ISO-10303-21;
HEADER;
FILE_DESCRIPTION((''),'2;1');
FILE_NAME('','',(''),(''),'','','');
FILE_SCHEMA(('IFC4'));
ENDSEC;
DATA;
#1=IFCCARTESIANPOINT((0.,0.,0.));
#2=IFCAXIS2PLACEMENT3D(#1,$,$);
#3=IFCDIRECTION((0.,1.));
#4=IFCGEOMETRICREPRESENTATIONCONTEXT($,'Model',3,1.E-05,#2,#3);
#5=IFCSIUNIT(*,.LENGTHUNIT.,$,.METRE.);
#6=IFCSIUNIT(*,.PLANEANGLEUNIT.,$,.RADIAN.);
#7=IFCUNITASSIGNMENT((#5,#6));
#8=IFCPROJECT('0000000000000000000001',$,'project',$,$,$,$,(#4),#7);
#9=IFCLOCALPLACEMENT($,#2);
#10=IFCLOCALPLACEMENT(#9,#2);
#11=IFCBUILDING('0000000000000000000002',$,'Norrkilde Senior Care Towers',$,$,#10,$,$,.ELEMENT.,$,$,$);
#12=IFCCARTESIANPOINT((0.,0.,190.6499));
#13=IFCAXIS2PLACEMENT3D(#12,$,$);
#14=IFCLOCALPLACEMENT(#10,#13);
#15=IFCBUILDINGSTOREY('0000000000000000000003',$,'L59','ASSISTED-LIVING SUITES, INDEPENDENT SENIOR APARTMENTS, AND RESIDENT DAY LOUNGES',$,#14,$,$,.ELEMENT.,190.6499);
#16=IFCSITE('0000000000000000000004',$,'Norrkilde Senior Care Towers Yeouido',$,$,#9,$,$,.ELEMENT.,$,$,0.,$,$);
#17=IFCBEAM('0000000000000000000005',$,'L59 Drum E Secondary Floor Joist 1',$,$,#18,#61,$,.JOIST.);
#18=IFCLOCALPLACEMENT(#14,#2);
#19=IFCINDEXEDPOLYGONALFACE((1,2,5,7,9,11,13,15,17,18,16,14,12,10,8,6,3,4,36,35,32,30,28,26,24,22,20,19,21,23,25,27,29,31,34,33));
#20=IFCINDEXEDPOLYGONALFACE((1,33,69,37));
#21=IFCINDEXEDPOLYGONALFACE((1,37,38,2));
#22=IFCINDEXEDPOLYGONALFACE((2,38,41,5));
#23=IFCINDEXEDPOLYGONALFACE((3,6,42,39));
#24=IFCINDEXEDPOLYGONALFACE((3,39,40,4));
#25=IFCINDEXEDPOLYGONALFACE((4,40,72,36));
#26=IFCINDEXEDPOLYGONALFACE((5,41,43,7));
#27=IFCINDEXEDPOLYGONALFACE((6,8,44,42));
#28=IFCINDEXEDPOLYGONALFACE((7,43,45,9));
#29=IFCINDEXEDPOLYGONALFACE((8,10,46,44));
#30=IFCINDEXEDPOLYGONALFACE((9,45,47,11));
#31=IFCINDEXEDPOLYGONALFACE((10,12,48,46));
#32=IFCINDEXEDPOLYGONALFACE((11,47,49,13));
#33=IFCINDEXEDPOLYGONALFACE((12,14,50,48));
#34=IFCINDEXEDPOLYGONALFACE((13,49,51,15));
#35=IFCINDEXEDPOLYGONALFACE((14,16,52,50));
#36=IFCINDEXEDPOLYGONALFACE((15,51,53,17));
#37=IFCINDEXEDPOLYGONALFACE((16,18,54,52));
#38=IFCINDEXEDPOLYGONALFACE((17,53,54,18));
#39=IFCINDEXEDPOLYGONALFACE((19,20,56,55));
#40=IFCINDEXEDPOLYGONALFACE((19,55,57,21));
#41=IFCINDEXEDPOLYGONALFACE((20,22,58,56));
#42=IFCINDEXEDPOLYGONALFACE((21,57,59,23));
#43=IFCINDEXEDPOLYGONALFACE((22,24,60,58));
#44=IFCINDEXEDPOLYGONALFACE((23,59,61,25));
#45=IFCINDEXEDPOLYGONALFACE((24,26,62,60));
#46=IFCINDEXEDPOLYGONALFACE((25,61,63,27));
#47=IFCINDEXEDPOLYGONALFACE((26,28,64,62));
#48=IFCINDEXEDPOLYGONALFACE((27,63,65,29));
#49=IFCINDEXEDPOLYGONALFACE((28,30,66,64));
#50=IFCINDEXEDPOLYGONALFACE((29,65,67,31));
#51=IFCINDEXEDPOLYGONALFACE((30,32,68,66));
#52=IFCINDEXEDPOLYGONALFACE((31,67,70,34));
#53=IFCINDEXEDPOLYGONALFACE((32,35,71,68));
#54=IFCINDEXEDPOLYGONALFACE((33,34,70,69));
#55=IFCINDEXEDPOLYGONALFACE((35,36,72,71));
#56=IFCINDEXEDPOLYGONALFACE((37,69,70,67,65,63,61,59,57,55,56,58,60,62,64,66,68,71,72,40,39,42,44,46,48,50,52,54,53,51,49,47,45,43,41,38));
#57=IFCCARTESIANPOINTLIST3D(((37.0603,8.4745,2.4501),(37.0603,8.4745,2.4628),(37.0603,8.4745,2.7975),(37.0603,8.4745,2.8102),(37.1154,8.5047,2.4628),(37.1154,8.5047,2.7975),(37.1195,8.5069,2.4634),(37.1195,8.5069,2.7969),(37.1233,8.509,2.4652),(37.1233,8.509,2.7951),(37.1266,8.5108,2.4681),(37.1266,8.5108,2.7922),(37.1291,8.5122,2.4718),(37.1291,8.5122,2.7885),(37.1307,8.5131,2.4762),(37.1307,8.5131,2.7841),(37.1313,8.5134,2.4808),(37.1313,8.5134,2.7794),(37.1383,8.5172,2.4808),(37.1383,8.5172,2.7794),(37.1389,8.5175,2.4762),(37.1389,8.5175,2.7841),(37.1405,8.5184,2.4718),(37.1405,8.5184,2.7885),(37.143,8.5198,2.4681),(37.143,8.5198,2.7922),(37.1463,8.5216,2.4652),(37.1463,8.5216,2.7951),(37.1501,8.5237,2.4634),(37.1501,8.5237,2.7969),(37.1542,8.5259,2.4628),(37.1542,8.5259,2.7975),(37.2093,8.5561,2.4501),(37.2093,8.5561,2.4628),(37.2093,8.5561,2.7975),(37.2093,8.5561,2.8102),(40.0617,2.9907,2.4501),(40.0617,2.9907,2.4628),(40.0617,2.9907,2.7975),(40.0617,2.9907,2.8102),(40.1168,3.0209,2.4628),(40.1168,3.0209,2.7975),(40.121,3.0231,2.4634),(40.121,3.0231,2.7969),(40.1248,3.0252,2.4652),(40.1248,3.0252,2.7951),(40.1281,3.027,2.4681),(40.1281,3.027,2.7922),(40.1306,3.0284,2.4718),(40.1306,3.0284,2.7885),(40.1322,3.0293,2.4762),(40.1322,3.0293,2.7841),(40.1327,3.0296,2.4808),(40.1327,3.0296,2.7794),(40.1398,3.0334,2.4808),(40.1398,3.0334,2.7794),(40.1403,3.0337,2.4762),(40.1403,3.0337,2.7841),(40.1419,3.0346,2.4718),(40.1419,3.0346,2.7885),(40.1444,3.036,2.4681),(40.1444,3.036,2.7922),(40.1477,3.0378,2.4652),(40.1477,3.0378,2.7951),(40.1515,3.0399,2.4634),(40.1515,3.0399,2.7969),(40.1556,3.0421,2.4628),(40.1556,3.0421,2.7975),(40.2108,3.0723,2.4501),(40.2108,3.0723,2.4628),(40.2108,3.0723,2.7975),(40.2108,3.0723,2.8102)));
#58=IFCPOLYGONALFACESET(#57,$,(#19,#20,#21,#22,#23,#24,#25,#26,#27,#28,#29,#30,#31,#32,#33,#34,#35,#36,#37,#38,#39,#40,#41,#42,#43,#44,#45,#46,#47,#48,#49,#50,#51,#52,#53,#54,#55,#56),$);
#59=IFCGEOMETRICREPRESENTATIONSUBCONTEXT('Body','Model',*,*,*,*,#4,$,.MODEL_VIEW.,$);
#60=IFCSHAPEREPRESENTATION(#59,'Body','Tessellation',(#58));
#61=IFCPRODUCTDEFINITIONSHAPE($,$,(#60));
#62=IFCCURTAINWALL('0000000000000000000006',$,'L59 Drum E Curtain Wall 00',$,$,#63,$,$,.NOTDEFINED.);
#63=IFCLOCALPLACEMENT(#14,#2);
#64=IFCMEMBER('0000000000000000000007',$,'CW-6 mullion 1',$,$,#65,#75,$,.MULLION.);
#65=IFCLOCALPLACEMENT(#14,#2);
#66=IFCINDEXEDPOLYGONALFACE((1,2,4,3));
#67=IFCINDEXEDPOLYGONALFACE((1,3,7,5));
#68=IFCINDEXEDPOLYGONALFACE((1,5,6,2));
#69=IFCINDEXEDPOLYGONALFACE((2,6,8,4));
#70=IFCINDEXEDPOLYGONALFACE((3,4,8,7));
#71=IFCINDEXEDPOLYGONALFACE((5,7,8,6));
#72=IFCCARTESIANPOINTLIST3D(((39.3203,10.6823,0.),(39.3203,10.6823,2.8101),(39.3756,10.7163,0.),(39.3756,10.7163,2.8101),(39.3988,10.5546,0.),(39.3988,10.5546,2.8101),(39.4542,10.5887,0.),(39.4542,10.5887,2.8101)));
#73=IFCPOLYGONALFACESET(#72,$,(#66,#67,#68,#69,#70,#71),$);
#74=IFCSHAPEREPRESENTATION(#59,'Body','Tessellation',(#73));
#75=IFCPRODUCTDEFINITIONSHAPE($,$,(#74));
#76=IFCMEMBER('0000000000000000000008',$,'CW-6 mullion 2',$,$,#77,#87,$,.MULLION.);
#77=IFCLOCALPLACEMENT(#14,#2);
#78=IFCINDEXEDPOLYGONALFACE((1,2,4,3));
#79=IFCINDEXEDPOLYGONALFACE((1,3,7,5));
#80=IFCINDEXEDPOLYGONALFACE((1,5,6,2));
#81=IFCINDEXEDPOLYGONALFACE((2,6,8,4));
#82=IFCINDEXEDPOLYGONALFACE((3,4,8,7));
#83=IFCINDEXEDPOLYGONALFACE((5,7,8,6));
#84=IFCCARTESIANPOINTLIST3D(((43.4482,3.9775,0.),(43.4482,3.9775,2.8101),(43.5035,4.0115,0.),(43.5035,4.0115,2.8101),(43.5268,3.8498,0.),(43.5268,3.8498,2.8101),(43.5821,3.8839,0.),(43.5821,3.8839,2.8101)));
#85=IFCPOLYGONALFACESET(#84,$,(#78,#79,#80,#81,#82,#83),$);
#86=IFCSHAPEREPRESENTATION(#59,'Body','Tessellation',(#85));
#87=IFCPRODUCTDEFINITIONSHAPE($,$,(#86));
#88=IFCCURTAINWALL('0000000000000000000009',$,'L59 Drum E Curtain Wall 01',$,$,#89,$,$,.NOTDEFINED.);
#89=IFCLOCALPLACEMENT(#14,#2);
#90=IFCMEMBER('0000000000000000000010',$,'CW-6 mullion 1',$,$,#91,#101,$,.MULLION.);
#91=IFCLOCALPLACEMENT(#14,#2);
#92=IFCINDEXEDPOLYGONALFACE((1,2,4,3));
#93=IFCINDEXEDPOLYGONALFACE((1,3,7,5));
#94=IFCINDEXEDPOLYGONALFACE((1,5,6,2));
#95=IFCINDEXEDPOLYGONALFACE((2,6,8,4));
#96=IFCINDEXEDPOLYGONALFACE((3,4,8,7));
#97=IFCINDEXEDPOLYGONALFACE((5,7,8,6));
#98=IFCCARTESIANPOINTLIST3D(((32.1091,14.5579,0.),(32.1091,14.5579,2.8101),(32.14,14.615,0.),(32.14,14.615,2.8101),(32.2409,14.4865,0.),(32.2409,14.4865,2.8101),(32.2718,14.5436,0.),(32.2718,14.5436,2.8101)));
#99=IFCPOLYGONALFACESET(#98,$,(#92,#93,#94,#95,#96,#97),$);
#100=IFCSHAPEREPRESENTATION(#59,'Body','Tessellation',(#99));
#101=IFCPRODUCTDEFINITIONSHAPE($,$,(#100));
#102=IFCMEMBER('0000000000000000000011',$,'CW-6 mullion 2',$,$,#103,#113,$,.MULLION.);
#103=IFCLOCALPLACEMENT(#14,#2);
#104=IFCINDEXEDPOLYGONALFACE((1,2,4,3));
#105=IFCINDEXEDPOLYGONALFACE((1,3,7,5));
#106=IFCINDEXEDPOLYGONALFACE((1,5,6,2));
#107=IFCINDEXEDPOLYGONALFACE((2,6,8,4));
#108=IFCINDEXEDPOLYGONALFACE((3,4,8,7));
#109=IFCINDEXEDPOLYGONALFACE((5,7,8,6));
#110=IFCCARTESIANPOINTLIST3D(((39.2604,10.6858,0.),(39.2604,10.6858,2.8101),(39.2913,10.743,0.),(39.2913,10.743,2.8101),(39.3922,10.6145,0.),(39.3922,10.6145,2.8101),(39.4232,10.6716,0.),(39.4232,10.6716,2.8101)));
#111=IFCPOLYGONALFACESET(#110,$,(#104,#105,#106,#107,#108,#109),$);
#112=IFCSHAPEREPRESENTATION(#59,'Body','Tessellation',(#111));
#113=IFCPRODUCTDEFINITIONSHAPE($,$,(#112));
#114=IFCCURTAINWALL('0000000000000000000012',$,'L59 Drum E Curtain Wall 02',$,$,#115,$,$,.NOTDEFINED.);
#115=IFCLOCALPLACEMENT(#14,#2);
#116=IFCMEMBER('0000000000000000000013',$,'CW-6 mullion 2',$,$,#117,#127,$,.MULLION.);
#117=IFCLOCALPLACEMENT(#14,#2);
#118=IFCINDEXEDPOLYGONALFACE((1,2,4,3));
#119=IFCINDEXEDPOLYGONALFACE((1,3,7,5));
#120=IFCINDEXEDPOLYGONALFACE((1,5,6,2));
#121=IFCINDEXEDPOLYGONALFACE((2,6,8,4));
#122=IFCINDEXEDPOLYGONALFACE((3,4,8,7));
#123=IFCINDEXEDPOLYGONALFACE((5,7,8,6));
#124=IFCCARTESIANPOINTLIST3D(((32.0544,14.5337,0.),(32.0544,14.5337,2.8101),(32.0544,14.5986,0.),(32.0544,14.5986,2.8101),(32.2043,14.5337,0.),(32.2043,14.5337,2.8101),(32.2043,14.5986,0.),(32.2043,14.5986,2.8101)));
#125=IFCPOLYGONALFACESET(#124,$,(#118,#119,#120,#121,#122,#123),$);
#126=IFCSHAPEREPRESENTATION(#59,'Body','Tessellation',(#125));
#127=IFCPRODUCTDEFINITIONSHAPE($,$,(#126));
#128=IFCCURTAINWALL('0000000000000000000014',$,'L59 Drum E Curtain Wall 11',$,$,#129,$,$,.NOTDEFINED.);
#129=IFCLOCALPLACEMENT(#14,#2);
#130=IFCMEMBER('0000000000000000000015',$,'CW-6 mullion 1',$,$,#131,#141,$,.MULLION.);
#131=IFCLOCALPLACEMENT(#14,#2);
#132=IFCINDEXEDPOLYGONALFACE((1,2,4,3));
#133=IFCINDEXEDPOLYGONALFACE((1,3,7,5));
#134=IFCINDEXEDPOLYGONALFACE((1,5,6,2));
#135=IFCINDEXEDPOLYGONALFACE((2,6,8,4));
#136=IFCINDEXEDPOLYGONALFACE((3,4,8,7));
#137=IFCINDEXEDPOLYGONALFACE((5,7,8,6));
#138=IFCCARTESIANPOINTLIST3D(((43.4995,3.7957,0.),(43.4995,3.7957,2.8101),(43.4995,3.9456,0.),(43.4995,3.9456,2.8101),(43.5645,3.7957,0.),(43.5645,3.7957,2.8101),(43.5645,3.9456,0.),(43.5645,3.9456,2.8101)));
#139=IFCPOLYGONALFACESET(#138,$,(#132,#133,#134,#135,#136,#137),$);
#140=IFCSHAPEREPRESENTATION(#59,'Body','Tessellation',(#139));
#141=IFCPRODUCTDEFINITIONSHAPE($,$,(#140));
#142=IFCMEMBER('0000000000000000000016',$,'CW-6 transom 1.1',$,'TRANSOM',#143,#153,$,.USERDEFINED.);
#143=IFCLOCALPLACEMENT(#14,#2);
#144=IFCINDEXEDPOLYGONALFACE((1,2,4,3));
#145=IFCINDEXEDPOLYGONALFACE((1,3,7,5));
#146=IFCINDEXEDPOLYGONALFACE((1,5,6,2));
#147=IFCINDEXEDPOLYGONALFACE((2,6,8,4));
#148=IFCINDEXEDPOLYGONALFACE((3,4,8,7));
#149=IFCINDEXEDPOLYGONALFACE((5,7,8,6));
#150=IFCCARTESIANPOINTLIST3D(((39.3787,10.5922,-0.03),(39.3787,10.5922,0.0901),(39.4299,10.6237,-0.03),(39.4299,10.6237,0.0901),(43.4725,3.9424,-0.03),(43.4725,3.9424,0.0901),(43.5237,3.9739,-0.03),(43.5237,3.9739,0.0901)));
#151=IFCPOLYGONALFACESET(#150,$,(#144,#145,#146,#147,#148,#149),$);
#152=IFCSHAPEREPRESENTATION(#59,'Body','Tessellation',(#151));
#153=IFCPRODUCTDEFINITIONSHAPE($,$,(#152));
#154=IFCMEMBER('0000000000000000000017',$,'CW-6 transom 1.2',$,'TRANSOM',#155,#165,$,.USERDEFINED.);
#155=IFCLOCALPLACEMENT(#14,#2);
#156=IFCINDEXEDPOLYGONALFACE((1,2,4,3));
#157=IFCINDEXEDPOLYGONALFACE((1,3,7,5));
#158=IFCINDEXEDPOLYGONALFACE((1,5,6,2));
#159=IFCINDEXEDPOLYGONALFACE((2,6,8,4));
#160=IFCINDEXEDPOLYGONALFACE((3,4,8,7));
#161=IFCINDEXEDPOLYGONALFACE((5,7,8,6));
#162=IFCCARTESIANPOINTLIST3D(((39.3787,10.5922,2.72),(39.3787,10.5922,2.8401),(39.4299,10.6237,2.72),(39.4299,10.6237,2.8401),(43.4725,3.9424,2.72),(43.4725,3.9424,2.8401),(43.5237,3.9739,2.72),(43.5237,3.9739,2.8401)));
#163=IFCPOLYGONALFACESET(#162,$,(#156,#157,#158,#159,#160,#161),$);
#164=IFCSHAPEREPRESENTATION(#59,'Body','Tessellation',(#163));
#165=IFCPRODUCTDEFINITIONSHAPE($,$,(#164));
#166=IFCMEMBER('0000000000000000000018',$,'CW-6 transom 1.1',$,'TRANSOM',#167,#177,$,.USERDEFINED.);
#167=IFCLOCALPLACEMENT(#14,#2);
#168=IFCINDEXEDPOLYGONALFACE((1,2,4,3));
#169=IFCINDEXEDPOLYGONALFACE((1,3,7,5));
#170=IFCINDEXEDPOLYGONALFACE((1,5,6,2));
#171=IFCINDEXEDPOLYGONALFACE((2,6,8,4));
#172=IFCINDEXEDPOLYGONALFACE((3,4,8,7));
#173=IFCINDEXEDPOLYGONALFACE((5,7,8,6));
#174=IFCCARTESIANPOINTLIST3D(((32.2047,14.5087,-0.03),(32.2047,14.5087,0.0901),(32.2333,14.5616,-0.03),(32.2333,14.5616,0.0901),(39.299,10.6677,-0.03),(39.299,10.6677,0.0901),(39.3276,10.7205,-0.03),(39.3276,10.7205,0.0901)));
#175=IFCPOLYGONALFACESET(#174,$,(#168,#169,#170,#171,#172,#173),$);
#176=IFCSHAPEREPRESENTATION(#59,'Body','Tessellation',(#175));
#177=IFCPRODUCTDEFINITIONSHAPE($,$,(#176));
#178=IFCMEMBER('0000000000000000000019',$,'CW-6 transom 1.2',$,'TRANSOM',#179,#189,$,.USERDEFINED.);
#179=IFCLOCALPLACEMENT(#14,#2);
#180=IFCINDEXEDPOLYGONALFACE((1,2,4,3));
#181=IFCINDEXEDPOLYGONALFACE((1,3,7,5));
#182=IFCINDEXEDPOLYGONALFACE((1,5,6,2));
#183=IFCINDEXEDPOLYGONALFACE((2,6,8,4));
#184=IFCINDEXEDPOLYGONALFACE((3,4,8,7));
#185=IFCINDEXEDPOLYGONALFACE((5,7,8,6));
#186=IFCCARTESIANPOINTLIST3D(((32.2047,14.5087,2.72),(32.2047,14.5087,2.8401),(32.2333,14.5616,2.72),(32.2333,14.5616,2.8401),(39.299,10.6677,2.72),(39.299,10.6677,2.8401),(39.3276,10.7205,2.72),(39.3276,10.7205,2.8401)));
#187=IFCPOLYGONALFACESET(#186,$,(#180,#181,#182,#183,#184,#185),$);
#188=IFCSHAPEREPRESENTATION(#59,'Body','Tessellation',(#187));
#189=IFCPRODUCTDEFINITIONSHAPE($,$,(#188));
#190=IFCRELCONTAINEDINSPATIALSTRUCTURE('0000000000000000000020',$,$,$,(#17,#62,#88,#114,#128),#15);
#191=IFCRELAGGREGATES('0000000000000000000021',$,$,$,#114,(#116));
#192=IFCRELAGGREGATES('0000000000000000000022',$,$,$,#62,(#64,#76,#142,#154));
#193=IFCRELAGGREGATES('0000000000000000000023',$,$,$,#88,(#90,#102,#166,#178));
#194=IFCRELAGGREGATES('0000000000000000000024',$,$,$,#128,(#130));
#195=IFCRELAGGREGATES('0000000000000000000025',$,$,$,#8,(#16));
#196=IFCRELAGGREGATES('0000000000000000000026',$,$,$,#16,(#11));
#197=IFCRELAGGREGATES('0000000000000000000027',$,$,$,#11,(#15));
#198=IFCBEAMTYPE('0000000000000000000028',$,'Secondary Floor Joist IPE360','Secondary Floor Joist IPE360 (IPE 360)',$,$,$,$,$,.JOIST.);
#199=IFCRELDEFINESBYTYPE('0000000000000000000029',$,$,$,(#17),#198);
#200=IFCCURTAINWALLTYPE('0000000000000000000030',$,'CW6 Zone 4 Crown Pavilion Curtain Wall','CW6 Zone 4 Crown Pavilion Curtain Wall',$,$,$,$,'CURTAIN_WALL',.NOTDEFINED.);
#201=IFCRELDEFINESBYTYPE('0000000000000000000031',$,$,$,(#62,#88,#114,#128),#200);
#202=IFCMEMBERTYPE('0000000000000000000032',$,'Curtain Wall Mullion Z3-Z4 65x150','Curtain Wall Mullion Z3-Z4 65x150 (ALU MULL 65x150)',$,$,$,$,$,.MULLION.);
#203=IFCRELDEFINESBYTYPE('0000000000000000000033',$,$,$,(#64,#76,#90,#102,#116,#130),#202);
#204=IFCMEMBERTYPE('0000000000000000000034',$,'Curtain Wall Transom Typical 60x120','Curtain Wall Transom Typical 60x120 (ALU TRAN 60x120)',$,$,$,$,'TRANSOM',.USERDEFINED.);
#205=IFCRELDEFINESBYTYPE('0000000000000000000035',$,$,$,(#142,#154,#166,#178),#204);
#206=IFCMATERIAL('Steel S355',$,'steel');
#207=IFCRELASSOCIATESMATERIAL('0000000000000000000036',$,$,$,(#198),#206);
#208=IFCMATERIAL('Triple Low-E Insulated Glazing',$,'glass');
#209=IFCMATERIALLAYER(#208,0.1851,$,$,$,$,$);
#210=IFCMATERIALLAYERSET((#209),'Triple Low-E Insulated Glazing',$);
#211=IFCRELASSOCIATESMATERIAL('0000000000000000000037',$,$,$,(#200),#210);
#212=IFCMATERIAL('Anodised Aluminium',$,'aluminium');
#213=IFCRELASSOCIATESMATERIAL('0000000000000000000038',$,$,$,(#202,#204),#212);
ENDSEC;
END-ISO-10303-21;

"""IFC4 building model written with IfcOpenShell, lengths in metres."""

from ifc_helpers import new_model, si_unit, direction, frame, origin, origin_2d, place, context, subcontext, project, spatial, rectangle, i_section, extrude, source, transform, mapped, material, layer, layer_set, material_profile, profile_set, type_object, type_shapes, element, aggregate, save


model = new_model("IFC4")

# Units and contexts
model_context = context("Model", 3, precision=1e-05, world=origin(), true_north=direction((0.0, 1.0)))
body_context = subcontext(model_context, "Body", "Model", "MODEL_VIEW")
ifc_project = project(units=[si_unit("LENGTHUNIT", "METRE"), si_unit("PLANEANGLEUNIT", "RADIAN")], contexts=[model_context])

# Site, building, storey
site_placement = place(None, origin())
site = spatial("IfcSite", under=ifc_project, at=site_placement, Name="Norrkilde Senior Care Towers Yeouido", CompositionType="ELEMENT", RefElevation=0.0)
building_placement = place(site_placement, origin())
building = spatial("IfcBuilding", under=site, at=building_placement, Name="Norrkilde Senior Care Towers", CompositionType="ELEMENT")
storey_placement = place(building_placement, frame((0.0, 0.0, 190.6499)))
storey = spatial("IfcBuildingStorey", under=building, at=storey_placement, Name="L59", Description="ASSISTED-LIVING SUITES, INDEPENDENT SENIOR APARTMENTS, AND RESIDENT DAY LOUNGES", CompositionType="ELEMENT", Elevation=190.6499)

# Beam
ifc_material_1 = material(Name="Steel S355", Category="steel")
ifc_material_profile_1 = material_profile(ifc_material_1, i_section(OverallWidth=0.1699, OverallDepth=0.3601, WebThickness=0.0081, FlangeThickness=0.0127, FilletRadius=0.0181, at=origin_2d()), Name="IPE 360")
ifc_profile_set_1 = profile_set([ifc_material_profile_1], Name="Steel S355")
beam_type_1 = type_object("IfcBeamType", Name="Secondary Floor Joist IPE360", Description="Secondary Floor Joist IPE360 (IPE 360)", PredefinedType="JOIST", material=ifc_profile_set_1)
shared_shape_1 = source(origin(), body_context, "Body", "SweptSolid", [
    extrude(i_section(OverallWidth=0.1699, OverallDepth=0.3601, WebThickness=0.0081, FlangeThickness=0.0127, FilletRadius=0.0181, at=origin_2d()), origin(), (0.0, 0.0, 1.0), 6.2515),
])
type_shapes(beam_type_1, [shared_shape_1])
beam_1_placement = place(storey_placement, frame((40.1362, 3.0315, 2.6301), z_axis=(-0.480116, 0.877205, 0.0), x_axis=(-0.877205, -0.480116, 0.0)))
element("IfcBeam", 1, at=beam_1_placement, inside=storey, type_object=beam_type_1, Name="L59 Drum E Secondary Floor Joist 1", PredefinedType="JOIST", context=body_context, shape_type="MappedRepresentation", body=[
    mapped(shared_shape_1, transform((0.0, 0.0, 0.0), x_axis=(1.0, 0.0, 0.0), y_axis=(0.0, 1.0, 0.0), z_axis=(0.0, 0.0, 1.0), scale=1.0)),
])

# Curtain walls, members
ifc_material_2 = material(Name="Triple Low-E Insulated Glazing", Category="glass")
ifc_layer_1 = layer(ifc_material_2, 0.1851)
ifc_layer_set_1 = layer_set([ifc_layer_1], Name="Triple Low-E Insulated Glazing")
curtain_wall_type = type_object("IfcCurtainWallType", Name="CW6 Zone 4 Crown Pavilion Curtain Wall", Description="CW6 Zone 4 Crown Pavilion Curtain Wall", ElementType="CURTAIN_WALL", PredefinedType="NOTDEFINED", material=ifc_layer_set_1)
curtain_wall_1_placement = place(storey_placement, origin())
curtain_wall_1 = element("IfcCurtainWall", 2, at=curtain_wall_1_placement, inside=storey, type_object=curtain_wall_type, Name="L59 Drum E Curtain Wall 00", PredefinedType="NOTDEFINED")
ifc_material_3 = material(Name="Anodised Aluminium", Category="aluminium")
ifc_material_profile_2 = material_profile(ifc_material_3, rectangle(XDim=0.0649, YDim=0.1499, at=origin_2d()), Name="ALU MULL 65x150")
ifc_profile_set_2 = profile_set([ifc_material_profile_2], Name="Anodised Aluminium")
member_type_1 = type_object("IfcMemberType", Name="Curtain Wall Mullion Z3-Z4 65x150", Description="Curtain Wall Mullion Z3-Z4 65x150 (ALU MULL 65x150)", PredefinedType="MULLION", material=ifc_profile_set_2)
shared_shape_2 = source(origin(), body_context, "Body", "SweptSolid", [
    extrude(rectangle(XDim=0.0649, YDim=0.1499, at=origin_2d()), origin(), (0.0, 0.0, 1.0), 2.8101),
])
type_shapes(member_type_1, [shared_shape_2])
member_1_placement = place(storey_placement, frame((39.3872, 10.6355, 0.0), z_axis=(0.0, 0.0, 1.0), x_axis=(0.851563, 0.524253, 0.0)))
member_1 = element("IfcMember", 3, at=member_1_placement, type_object=member_type_1, Name="CW-6 mullion 1", PredefinedType="MULLION", context=body_context, shape_type="MappedRepresentation", body=[
    mapped(shared_shape_2, transform((0.0, 0.0, 0.0), x_axis=(1.0, 0.0, 0.0), y_axis=(0.0, 1.0, 0.0), z_axis=(0.0, 0.0, 1.0), scale=1.0)),
])
member_2_placement = place(storey_placement, frame((43.5151, 3.9307, 0.0), z_axis=(0.0, 0.0, 1.0), x_axis=(0.851563, 0.524253, 0.0)))
member_2 = element("IfcMember", 4, at=member_2_placement, type_object=member_type_1, Name="CW-6 mullion 2", PredefinedType="MULLION", context=body_context, shape_type="MappedRepresentation", body=[
    mapped(shared_shape_2, transform((0.0, 0.0, 0.0), x_axis=(1.0, 0.0, 0.0), y_axis=(0.0, 1.0, 0.0), z_axis=(0.0, 0.0, 1.0), scale=1.0)),
])
curtain_wall_2_placement = place(storey_placement, origin())
curtain_wall_2 = element("IfcCurtainWall", 5, at=curtain_wall_2_placement, inside=storey, type_object=curtain_wall_type, Name="L59 Drum E Curtain Wall 01", PredefinedType="NOTDEFINED")
member_3_placement = place(storey_placement, frame((32.1904, 14.5508, 0.0), z_axis=(0.0, 0.0, 1.0), x_axis=(0.476133, 0.879373, 0.0)))
member_3 = element("IfcMember", 6, at=member_3_placement, type_object=member_type_1, Name="CW-6 mullion 1", PredefinedType="MULLION", context=body_context, shape_type="MappedRepresentation", body=[
    mapped(shared_shape_2, transform((0.0, 0.0, 0.0), x_axis=(1.0, 0.0, 0.0), y_axis=(0.0, 1.0, 0.0), z_axis=(0.0, 0.0, 1.0), scale=1.0)),
])
member_4_placement = place(storey_placement, frame((39.3418, 10.6787, 0.0), z_axis=(0.0, 0.0, 1.0), x_axis=(0.476133, 0.879373, 0.0)))
member_4 = element("IfcMember", 7, at=member_4_placement, type_object=member_type_1, Name="CW-6 mullion 2", PredefinedType="MULLION", context=body_context, shape_type="MappedRepresentation", body=[
    mapped(shared_shape_2, transform((0.0, 0.0, 0.0), x_axis=(1.0, 0.0, 0.0), y_axis=(0.0, 1.0, 0.0), z_axis=(0.0, 0.0, 1.0), scale=1.0)),
])

# Curtain walls, members
curtain_wall_3_placement = place(storey_placement, origin())
curtain_wall_3 = element("IfcCurtainWall", 8, at=curtain_wall_3_placement, inside=storey, type_object=curtain_wall_type, Name="L59 Drum E Curtain Wall 02", PredefinedType="NOTDEFINED")
member_5_placement = place(storey_placement, frame((32.1294, 14.5662, 0.0), z_axis=(0.0, 0.0, 1.0), x_axis=(0.0, 1.0, 0.0)))
member_5 = element("IfcMember", 9, at=member_5_placement, type_object=member_type_1, Name="CW-6 mullion 2", PredefinedType="MULLION", context=body_context, shape_type="MappedRepresentation", body=[
    mapped(shared_shape_2, transform((0.0, 0.0, 0.0), x_axis=(1.0, 0.0, 0.0), y_axis=(0.0, 1.0, 0.0), z_axis=(0.0, 0.0, 1.0), scale=1.0)),
])
aggregate(curtain_wall_3, [member_5])
curtain_wall_4_placement = place(storey_placement, origin())
curtain_wall_4 = element("IfcCurtainWall", 10, at=curtain_wall_4_placement, inside=storey, type_object=curtain_wall_type, Name="L59 Drum E Curtain Wall 11", PredefinedType="NOTDEFINED")
member_6_placement = place(storey_placement, frame((43.532, 3.8706, 0.0), z_axis=(0.0, 0.0, 1.0), x_axis=(1.0, 0.0, 0.0)))
member_6 = element("IfcMember", 11, at=member_6_placement, type_object=member_type_1, Name="CW-6 mullion 1", PredefinedType="MULLION", context=body_context, shape_type="MappedRepresentation", body=[
    mapped(shared_shape_2, transform((0.0, 0.0, 0.0), x_axis=(1.0, 0.0, 0.0), y_axis=(0.0, 1.0, 0.0), z_axis=(0.0, 0.0, 1.0), scale=1.0)),
])

# Members
ifc_material_profile_3 = material_profile(ifc_material_3, rectangle(XDim=0.0601, YDim=0.1201, at=origin_2d()), Name="ALU TRAN 60x120")
ifc_profile_set_3 = profile_set([ifc_material_profile_3], Name="Anodised Aluminium")
member_type_2 = type_object("IfcMemberType", Name="Curtain Wall Transom Typical 60x120", Description="Curtain Wall Transom Typical 60x120 (ALU TRAN 60x120)", ElementType="TRANSOM", PredefinedType="USERDEFINED", material=ifc_profile_set_3)
shared_shape_3 = source(origin(), body_context, "Body", "SweptSolid", [
    extrude(rectangle(XDim=0.0601, YDim=0.1201, at=origin_2d()), origin(), (0.0, 0.0, 1.0), 7.8088),
])
member_7_placement = place(storey_placement, frame((39.4043, 10.6079, 0.03), z_axis=(0.524251, -0.851564, 0.0), x_axis=(0.851564, 0.524251, 0.0)))
member_7 = element("IfcMember", 12, at=member_7_placement, type_object=member_type_2, Name="CW-6 transom 1.1", ObjectType="TRANSOM", PredefinedType="USERDEFINED", context=body_context, shape_type="MappedRepresentation", body=[
    mapped(shared_shape_3, transform((0.0, 0.0, 0.0), x_axis=(1.0, 0.0, 0.0), y_axis=(0.0, 1.0, 0.0), z_axis=(0.0, 0.0, 1.0), scale=1.0)),
])
member_8_placement = place(storey_placement, frame((39.4043, 10.6079, 2.78), z_axis=(0.524251, -0.851564, 0.0), x_axis=(0.851564, 0.524251, 0.0)))
member_8 = element("IfcMember", 13, at=member_8_placement, type_object=member_type_2, Name="CW-6 transom 1.2", ObjectType="TRANSOM", PredefinedType="USERDEFINED", context=body_context, shape_type="MappedRepresentation", body=[
    mapped(shared_shape_3, transform((0.0, 0.0, 0.0), x_axis=(1.0, 0.0, 0.0), y_axis=(0.0, 1.0, 0.0), z_axis=(0.0, 0.0, 1.0), scale=1.0)),
])
shared_shape_4 = source(origin(), body_context, "Body", "SweptSolid", [
    extrude(rectangle(XDim=0.0601, YDim=0.1201, at=origin_2d()), origin(), (0.0, 0.0, 1.0), 8.0674),
])
member_9_placement = place(storey_placement, frame((32.219, 14.5352, 0.03), z_axis=(0.879378, -0.476125, 0.0), x_axis=(0.476125, 0.879378, 0.0)))
member_9 = element("IfcMember", 14, at=member_9_placement, type_object=member_type_2, Name="CW-6 transom 1.1", ObjectType="TRANSOM", PredefinedType="USERDEFINED", context=body_context, shape_type="MappedRepresentation", body=[
    mapped(shared_shape_4, transform((0.0, 0.0, 0.0), x_axis=(1.0, 0.0, 0.0), y_axis=(0.0, 1.0, 0.0), z_axis=(0.0, 0.0, 1.0), scale=1.0)),
])
member_10_placement = place(storey_placement, frame((32.219, 14.5352, 2.78), z_axis=(0.879378, -0.476125, 0.0), x_axis=(0.476125, 0.879378, 0.0)))
member_10 = element("IfcMember", 15, at=member_10_placement, type_object=member_type_2, Name="CW-6 transom 1.2", ObjectType="TRANSOM", PredefinedType="USERDEFINED", context=body_context, shape_type="MappedRepresentation", body=[
    mapped(shared_shape_4, transform((0.0, 0.0, 0.0), x_axis=(1.0, 0.0, 0.0), y_axis=(0.0, 1.0, 0.0), z_axis=(0.0, 0.0, 1.0), scale=1.0)),
])

aggregate(curtain_wall_1, [member_1, member_2, member_7, member_8])
aggregate(curtain_wall_2, [member_3, member_4, member_9, member_10])
aggregate(curtain_wall_4, [member_6])

save(model, "model.ifc")
